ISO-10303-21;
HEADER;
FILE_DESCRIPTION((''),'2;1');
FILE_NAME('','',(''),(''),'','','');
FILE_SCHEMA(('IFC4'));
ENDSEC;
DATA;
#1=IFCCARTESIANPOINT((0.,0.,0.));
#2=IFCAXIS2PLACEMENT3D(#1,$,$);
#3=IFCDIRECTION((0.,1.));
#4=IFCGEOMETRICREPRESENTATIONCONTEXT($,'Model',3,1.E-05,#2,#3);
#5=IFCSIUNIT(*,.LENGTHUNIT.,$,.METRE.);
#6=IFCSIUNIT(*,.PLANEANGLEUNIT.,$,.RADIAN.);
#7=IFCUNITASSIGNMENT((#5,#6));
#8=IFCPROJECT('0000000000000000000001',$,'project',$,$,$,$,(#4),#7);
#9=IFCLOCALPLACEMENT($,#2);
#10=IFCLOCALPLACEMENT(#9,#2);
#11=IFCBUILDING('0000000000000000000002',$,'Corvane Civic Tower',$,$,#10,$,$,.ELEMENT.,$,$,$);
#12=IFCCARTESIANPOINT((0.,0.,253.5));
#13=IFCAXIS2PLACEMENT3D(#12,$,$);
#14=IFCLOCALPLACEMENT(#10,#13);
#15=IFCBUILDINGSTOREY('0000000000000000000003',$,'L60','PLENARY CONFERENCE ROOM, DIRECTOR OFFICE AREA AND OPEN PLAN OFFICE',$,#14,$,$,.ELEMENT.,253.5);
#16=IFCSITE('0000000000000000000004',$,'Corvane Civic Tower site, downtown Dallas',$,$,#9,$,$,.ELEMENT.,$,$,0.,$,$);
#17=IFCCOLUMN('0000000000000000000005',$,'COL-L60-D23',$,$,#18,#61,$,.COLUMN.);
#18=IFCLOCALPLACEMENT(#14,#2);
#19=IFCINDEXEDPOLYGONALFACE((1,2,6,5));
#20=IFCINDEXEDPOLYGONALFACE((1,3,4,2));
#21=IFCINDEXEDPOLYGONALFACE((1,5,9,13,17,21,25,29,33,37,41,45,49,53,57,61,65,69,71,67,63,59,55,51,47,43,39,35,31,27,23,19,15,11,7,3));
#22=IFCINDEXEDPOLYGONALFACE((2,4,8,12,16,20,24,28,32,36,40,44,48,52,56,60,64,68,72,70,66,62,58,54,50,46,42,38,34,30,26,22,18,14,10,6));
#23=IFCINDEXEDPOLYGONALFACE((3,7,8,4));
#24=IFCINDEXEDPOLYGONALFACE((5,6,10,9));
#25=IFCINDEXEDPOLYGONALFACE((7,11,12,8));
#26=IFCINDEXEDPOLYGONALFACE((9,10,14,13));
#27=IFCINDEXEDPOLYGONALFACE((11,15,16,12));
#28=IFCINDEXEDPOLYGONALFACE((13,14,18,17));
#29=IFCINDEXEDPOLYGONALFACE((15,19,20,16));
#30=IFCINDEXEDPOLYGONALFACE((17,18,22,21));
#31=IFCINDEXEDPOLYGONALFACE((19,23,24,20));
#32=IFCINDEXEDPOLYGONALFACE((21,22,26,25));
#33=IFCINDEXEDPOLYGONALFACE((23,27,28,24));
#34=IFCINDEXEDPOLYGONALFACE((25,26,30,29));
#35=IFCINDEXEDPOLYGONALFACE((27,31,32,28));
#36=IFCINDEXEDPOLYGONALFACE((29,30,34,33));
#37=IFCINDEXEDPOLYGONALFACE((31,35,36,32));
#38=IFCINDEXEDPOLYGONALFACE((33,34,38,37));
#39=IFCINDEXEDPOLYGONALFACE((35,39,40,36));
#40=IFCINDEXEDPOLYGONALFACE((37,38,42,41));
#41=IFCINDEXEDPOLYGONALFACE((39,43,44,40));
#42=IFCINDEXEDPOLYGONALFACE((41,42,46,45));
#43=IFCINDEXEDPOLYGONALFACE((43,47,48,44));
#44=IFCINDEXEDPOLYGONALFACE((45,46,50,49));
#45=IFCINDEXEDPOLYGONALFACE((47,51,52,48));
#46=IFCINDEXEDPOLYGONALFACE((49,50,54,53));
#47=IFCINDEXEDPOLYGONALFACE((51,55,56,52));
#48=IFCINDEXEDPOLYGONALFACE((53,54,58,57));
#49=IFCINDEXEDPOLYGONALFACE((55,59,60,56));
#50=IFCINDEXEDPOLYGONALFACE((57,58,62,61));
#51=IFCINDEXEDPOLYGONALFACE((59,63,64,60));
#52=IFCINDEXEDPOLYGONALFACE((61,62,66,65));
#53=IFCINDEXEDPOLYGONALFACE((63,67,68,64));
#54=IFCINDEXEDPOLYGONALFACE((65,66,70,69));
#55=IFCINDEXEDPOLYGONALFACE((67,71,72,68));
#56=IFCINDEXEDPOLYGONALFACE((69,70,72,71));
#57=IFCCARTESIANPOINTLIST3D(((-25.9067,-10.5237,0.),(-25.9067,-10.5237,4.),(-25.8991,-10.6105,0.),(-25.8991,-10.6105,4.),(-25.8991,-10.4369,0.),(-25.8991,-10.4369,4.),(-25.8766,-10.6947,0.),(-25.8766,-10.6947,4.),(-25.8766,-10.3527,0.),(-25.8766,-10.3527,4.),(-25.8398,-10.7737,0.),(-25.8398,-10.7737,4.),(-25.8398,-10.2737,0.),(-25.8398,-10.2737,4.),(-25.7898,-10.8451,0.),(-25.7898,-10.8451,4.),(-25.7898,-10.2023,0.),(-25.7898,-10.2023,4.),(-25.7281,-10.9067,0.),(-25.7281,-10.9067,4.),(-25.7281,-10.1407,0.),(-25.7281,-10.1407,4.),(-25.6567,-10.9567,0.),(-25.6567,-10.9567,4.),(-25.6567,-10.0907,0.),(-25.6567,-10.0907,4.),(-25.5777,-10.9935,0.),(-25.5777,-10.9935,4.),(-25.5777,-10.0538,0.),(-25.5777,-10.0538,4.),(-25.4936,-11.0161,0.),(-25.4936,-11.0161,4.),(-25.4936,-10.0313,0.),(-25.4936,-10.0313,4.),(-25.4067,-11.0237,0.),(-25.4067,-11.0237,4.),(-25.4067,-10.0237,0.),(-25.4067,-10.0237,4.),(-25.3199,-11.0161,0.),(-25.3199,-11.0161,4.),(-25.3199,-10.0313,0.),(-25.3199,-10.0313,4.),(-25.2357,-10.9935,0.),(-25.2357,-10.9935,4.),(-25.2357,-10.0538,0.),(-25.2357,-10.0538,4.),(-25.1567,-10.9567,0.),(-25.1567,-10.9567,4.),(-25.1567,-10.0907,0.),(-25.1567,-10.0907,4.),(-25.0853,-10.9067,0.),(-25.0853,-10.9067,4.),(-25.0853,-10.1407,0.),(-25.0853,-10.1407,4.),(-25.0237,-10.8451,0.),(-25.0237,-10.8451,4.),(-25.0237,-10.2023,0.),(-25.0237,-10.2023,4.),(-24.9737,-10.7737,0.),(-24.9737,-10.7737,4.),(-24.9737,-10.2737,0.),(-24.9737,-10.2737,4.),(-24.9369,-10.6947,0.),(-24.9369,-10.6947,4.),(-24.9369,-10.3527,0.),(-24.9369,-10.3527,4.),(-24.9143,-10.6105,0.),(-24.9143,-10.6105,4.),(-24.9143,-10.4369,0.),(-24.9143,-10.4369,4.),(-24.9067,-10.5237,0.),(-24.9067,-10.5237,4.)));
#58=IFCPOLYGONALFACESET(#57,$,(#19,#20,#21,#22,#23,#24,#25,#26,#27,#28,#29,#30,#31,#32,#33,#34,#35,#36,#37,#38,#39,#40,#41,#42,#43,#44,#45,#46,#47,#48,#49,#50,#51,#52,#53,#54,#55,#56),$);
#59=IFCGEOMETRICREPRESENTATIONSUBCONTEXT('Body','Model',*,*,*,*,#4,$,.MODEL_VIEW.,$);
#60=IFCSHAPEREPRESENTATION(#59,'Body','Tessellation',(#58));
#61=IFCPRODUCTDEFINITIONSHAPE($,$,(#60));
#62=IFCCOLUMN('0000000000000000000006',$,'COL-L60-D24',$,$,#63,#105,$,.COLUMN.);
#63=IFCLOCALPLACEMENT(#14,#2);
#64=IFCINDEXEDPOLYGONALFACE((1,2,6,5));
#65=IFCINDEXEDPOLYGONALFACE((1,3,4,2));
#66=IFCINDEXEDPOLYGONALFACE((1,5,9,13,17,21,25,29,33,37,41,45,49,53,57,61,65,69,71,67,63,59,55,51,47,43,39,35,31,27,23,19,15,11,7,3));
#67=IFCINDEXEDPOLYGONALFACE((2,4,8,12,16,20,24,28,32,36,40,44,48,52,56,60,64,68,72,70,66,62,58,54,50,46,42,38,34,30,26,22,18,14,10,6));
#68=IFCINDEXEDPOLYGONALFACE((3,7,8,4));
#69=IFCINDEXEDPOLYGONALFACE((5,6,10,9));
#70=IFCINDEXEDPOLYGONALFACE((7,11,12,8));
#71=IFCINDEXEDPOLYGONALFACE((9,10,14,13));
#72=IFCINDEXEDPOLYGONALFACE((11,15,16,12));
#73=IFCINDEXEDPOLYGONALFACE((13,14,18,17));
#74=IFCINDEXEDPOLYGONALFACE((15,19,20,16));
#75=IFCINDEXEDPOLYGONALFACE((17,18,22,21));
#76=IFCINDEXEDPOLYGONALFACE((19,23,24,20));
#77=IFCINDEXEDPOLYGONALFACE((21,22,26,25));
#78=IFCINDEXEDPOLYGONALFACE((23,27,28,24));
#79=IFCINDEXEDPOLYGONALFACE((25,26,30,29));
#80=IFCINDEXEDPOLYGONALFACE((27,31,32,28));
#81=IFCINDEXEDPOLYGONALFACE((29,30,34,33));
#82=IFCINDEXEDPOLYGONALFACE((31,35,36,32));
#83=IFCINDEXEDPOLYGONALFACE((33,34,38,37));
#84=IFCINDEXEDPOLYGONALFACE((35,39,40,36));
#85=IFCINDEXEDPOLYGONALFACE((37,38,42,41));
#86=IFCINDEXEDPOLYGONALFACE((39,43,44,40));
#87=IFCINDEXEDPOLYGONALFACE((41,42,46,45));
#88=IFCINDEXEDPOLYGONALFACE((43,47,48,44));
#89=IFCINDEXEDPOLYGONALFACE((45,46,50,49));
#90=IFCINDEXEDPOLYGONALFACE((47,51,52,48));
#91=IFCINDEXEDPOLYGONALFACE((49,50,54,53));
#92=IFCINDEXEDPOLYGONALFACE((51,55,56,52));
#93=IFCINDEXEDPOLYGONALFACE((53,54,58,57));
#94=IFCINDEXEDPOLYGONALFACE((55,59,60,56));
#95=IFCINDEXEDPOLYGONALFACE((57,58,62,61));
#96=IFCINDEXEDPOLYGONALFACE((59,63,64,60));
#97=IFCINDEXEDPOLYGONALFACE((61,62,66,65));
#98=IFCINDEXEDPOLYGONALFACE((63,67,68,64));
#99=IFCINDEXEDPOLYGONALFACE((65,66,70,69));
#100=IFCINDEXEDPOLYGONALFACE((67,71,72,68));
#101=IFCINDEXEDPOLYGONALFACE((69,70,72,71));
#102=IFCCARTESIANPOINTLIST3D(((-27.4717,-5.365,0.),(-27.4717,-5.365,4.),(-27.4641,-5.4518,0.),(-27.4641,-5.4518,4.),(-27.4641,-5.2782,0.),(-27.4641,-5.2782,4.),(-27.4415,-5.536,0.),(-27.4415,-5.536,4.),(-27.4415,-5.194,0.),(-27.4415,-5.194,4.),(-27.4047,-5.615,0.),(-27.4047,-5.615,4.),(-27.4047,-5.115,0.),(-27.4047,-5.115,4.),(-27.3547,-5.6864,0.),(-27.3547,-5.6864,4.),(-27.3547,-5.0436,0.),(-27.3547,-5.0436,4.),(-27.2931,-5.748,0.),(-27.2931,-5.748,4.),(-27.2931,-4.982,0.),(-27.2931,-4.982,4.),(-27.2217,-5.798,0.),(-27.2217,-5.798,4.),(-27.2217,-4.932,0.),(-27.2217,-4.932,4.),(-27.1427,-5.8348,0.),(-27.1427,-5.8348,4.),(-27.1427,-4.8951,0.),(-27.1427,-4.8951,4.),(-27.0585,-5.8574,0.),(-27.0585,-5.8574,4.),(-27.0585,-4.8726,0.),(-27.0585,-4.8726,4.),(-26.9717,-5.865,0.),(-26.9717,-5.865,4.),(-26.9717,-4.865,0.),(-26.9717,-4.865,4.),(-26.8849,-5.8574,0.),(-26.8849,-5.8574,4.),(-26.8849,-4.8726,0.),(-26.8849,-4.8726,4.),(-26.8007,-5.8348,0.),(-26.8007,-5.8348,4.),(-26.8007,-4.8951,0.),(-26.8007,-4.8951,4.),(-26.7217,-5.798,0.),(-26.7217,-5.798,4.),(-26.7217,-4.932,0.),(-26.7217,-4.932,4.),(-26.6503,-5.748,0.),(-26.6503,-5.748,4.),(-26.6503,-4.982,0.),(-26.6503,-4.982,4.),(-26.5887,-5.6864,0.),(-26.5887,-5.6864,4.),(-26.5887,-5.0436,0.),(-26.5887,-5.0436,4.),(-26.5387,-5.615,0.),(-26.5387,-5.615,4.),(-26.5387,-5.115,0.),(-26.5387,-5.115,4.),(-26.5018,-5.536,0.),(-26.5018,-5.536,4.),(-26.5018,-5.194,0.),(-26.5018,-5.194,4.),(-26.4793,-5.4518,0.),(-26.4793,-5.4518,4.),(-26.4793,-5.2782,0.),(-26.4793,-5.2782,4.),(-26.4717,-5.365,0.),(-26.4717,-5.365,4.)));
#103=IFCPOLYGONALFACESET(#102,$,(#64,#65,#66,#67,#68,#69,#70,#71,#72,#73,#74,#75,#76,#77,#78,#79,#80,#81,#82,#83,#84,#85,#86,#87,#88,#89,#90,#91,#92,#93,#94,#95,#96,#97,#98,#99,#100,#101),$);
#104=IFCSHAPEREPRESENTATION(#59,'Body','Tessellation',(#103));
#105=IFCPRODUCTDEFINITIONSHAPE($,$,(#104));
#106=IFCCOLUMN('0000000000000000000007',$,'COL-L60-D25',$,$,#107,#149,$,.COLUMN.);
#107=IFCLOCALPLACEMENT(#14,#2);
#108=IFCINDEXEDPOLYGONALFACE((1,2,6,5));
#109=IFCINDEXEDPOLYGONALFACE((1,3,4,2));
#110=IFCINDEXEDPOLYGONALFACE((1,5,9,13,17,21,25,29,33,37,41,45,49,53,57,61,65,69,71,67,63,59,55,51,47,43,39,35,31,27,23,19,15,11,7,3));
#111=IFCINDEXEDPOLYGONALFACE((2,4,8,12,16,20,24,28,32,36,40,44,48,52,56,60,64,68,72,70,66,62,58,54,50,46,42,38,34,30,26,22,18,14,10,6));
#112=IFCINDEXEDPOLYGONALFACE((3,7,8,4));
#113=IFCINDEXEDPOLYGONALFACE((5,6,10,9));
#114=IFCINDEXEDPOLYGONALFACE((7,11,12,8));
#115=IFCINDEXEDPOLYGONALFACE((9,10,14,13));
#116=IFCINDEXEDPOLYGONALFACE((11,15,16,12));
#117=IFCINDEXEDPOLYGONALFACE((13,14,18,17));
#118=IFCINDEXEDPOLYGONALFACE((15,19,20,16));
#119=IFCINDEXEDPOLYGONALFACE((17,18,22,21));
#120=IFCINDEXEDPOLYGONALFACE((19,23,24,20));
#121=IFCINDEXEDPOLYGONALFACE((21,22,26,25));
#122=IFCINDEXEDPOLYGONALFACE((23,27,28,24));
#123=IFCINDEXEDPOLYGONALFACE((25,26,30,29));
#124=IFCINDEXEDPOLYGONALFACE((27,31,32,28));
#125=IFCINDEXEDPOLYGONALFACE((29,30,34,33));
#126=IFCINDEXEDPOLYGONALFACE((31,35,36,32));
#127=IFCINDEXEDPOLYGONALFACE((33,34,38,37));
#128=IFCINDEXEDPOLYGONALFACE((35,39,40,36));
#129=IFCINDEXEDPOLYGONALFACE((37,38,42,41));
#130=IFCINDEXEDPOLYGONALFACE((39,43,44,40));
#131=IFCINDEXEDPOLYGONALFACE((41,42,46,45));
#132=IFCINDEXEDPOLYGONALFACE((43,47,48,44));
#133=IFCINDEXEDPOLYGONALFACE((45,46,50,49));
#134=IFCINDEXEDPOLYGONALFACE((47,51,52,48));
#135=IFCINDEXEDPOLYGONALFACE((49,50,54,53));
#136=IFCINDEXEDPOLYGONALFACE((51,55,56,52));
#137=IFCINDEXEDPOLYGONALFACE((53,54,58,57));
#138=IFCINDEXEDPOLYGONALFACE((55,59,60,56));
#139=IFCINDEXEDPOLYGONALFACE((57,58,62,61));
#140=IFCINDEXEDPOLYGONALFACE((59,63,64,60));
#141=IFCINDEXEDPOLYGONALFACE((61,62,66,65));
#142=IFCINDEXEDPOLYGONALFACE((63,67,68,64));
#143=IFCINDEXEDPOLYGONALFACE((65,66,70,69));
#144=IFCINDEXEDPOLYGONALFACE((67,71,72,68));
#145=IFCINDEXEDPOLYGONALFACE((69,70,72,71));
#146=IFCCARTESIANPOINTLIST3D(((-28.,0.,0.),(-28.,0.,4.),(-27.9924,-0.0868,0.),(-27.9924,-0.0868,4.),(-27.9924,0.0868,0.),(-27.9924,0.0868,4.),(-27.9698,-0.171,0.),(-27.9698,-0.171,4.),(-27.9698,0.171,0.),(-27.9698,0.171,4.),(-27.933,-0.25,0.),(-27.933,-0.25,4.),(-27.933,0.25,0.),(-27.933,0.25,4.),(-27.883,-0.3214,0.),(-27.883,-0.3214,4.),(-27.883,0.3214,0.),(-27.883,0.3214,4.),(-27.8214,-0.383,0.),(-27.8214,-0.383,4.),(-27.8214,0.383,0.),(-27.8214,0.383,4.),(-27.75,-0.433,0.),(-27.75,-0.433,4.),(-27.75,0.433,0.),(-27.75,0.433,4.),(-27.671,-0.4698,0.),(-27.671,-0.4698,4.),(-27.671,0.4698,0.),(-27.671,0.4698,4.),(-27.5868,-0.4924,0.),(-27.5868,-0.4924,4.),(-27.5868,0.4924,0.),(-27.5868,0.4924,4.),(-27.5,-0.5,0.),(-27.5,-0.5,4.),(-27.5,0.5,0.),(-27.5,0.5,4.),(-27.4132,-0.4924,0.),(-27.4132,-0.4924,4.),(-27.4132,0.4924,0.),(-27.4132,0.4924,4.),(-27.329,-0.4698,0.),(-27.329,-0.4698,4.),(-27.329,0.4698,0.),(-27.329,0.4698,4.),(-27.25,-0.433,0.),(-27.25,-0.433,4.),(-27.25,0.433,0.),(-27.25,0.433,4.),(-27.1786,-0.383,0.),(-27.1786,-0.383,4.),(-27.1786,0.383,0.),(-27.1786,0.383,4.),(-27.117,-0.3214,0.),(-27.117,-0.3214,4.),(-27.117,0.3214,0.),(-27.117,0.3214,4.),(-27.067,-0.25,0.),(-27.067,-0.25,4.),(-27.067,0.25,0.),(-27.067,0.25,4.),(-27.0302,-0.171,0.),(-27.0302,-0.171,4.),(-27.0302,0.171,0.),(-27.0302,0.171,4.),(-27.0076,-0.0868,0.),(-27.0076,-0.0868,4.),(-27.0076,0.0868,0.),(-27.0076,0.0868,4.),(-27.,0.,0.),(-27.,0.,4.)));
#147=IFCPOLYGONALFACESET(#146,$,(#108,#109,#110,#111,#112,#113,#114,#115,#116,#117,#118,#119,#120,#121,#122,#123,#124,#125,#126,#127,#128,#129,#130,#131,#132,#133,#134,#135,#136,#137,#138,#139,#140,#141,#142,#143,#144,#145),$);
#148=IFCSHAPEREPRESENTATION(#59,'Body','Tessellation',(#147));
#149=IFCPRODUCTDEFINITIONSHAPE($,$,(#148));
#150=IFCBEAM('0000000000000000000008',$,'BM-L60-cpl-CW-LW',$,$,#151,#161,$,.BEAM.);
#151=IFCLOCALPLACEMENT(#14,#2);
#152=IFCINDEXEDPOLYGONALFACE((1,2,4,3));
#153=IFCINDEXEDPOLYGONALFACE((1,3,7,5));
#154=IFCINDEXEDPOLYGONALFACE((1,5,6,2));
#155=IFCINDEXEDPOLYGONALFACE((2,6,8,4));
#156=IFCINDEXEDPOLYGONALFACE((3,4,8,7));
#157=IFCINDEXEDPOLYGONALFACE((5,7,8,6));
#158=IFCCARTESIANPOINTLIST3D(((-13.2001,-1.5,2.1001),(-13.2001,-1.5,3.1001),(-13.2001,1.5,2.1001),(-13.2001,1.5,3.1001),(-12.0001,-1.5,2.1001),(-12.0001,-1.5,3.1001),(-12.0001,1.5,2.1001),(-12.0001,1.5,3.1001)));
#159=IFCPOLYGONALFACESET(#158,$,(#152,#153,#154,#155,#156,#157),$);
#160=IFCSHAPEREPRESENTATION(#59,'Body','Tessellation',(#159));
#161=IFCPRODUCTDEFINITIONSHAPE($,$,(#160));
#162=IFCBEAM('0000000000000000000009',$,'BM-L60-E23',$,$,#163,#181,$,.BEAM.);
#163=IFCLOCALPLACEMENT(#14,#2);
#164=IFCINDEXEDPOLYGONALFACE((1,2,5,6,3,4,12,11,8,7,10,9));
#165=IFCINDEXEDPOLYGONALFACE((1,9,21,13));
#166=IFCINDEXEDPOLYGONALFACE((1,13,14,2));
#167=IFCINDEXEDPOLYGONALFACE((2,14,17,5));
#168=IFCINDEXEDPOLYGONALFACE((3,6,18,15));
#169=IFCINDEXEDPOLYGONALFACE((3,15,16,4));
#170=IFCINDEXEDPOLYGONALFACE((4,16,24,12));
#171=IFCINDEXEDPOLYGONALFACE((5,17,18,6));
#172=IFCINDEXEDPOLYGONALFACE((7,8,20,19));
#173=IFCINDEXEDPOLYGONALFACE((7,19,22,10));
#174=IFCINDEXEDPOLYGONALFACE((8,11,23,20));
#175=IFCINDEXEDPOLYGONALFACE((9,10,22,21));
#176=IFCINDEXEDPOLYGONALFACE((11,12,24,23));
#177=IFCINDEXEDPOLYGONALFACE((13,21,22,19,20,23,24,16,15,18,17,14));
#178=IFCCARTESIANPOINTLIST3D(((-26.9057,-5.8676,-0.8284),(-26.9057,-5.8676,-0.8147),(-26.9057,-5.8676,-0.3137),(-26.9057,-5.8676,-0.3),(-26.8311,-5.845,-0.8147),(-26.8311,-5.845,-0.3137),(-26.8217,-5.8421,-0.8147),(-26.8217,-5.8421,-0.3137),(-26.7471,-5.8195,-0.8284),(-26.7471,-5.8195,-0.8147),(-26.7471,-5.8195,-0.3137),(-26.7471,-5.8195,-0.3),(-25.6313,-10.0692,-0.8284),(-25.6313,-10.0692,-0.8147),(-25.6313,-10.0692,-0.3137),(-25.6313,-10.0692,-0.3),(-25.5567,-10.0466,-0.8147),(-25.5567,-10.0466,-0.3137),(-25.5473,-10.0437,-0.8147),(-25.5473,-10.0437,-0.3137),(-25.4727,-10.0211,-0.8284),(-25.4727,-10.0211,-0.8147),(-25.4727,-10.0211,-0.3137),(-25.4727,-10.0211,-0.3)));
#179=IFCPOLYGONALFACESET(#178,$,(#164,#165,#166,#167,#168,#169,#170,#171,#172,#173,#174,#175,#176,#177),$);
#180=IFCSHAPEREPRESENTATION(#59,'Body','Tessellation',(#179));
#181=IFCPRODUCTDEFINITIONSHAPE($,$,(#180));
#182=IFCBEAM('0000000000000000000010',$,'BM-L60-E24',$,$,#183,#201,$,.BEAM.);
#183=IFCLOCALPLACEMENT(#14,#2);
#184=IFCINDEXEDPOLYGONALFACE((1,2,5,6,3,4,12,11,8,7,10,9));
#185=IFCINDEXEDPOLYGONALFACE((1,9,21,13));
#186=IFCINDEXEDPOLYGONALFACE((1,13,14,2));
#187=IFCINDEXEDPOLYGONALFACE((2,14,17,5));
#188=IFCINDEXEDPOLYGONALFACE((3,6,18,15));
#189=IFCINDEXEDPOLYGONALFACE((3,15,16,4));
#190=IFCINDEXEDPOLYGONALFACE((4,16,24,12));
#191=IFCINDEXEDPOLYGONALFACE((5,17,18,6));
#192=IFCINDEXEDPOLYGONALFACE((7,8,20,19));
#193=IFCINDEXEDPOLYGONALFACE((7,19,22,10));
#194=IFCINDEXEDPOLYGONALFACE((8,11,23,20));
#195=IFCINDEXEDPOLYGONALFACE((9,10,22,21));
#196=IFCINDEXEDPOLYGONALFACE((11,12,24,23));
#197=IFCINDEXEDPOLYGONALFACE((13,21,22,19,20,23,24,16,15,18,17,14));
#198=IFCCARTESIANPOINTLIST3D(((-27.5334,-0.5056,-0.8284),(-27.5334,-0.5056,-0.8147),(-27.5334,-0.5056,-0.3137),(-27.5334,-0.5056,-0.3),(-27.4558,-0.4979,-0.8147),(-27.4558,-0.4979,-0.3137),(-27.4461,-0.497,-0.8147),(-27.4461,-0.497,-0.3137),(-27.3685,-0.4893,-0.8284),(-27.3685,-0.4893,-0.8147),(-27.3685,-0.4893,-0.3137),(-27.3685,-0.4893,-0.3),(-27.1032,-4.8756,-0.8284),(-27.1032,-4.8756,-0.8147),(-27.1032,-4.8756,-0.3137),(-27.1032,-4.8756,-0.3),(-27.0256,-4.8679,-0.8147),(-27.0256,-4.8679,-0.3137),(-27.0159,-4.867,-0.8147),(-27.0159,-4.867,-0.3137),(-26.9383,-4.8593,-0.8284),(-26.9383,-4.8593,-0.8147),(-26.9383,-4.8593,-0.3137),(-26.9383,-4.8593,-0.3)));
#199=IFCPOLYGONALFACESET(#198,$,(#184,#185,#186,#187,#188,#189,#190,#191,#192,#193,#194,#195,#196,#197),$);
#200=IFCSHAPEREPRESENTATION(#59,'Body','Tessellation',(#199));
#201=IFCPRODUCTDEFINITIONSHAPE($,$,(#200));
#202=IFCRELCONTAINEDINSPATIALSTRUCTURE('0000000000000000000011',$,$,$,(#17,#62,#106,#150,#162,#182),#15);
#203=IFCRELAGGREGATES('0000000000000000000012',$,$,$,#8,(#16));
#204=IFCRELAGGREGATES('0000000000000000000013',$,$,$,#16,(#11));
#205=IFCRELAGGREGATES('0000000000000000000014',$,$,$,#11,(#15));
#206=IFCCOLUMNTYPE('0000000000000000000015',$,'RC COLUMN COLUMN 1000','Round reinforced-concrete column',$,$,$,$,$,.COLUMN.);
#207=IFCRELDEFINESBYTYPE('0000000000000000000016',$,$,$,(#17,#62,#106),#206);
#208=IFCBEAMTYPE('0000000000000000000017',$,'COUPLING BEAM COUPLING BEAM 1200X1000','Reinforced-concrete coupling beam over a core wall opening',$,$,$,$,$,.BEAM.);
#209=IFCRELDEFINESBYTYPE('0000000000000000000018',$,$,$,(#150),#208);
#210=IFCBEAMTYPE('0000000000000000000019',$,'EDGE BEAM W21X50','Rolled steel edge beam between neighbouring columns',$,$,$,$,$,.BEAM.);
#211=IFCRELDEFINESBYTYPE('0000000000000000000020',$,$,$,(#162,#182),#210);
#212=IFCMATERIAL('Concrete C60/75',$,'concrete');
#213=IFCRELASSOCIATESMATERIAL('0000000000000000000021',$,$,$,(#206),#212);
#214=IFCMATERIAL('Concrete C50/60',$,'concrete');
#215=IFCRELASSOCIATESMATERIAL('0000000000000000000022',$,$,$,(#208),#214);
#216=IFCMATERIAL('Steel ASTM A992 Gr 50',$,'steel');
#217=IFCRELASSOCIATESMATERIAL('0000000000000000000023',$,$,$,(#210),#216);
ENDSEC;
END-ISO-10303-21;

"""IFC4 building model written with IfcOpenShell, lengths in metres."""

from ifc_helpers import new_model, si_unit, direction, frame, origin, origin_2d, place, context, subcontext, project, spatial, rectangle, circle, i_section, extrude, material, material_profile, profile_set, type_object, element, save


model = new_model("IFC4")

# Units and contexts
model_context = context("Model", 3, precision=1e-05, world=origin(), true_north=direction((0.0, 1.0)))
body_context = subcontext(model_context, "Body", "Model", "MODEL_VIEW")
ifc_project = project(units=[si_unit("LENGTHUNIT", "METRE"), si_unit("PLANEANGLEUNIT", "RADIAN")], contexts=[model_context])

# Site, building, storey
site_placement = place(None, origin())
site = spatial("IfcSite", under=ifc_project, at=site_placement, Name="Corvane Civic Tower site, downtown Dallas", CompositionType="ELEMENT", RefElevation=0.0)
building_placement = place(site_placement, origin())
building = spatial("IfcBuilding", under=site, at=building_placement, Name="Corvane Civic Tower", CompositionType="ELEMENT")
storey_placement = place(building_placement, frame((0.0, 0.0, 253.5)))
storey = spatial("IfcBuildingStorey", under=building, at=storey_placement, Name="L60", Description="PLENARY CONFERENCE ROOM, DIRECTOR OFFICE AREA AND OPEN PLAN OFFICE", CompositionType="ELEMENT", Elevation=253.5)

# Columns
ifc_material_1 = material(Name="Concrete C60/75", Category="concrete")
ifc_material_profile_1 = material_profile(ifc_material_1, circle(Radius=0.5, at=origin_2d()), Name="COLUMN 1000")
ifc_profile_set_1 = profile_set([ifc_material_profile_1], Name="Concrete C60/75")
column_type = type_object("IfcColumnType", Name="RC COLUMN COLUMN 1000", Description="Round reinforced-concrete column", PredefinedType="COLUMN", material=ifc_profile_set_1)
for number, where, z_axis, x_axis, name in (
    (1, (-25.4067, -10.5237, 0.0), (0.0, 0.0, 1.0), (1.0, 0.0, 0.0), "COL-L60-D23"),
    (2, (-26.9717, -5.365, 0.0), (0.0, 0.0, 1.0), (1.0, 0.0, 0.0), "COL-L60-D24"),
    (3, (-27.5, 0.0, 0.0), (0.0, 0.0, 1.0), (1.0, 0.0, 0.0), "COL-L60-D25"),
):
    element("IfcColumn", number, at=place(storey_placement, frame(where, z_axis=z_axis, x_axis=x_axis)), inside=storey, type_object=column_type, Name=name, PredefinedType="COLUMN", context=body_context, shape_type="SweptSolid", body=[
        extrude(circle(Radius=0.5, at=origin_2d()), origin(), (0.0, 0.0, 1.0), 4.0),
    ])

# Beams
ifc_material_2 = material(Name="Concrete C50/60", Category="concrete")
ifc_material_profile_2 = material_profile(ifc_material_2, rectangle(XDim=1.2, YDim=1.0, at=origin_2d()), Name="COUPLING BEAM 1200X1000")
ifc_profile_set_2 = profile_set([ifc_material_profile_2], Name="Concrete C50/60")
beam_type_1 = type_object("IfcBeamType", Name="COUPLING BEAM COUPLING BEAM 1200X1000", Description="Reinforced-concrete coupling beam over a core wall opening", PredefinedType="BEAM", material=ifc_profile_set_2)
beam_1_placement = place(storey_placement, frame((-12.6001, -1.5, 2.6001), z_axis=(0.0, 1.0, 0.0), x_axis=(-1.0, 0.0, 0.0)))
element("IfcBeam", 4, at=beam_1_placement, inside=storey, type_object=beam_type_1, Name="BM-L60-cpl-CW-LW", PredefinedType="BEAM", context=body_context, shape_type="SweptSolid", body=[
    extrude(rectangle(XDim=1.2, YDim=1.0, at=origin_2d()), origin(), (0.0, 0.0, 1.0), 3.0),
])
ifc_material_3 = material(Name="Steel ASTM A992 Gr 50", Category="steel")
ifc_material_profile_3 = material_profile(ifc_material_3, i_section(OverallWidth=0.1658, OverallDepth=0.5283, WebThickness=0.0098, FlangeThickness=0.0137, at=origin_2d()), Name="W21X50")
ifc_profile_set_3 = profile_set([ifc_material_profile_3], Name="Steel ASTM A992 Gr 50")
beam_type_2 = type_object("IfcBeamType", Name="EDGE BEAM W21X50", Description="Rolled steel edge beam between neighbouring columns", PredefinedType="BEAM", material=ifc_profile_set_3)
beam_2_placement = place(storey_placement, frame((-25.552, -10.0452, -0.5642), z_axis=(-0.290254, 0.95695, 0.0), x_axis=(-0.95695, -0.290254, 0.0)))
element("IfcBeam", 5, at=beam_2_placement, inside=storey, type_object=beam_type_2, Name="BM-L60-E23", PredefinedType="BEAM", context=body_context, shape_type="SweptSolid", body=[
    extrude(i_section(OverallWidth=0.1658, OverallDepth=0.5283, WebThickness=0.0098, FlangeThickness=0.0137, at=origin_2d()), origin(), (0.0, 0.0, 1.0), 4.3906),
])
beam_3_placement = place(storey_placement, frame((-27.0208, -4.8674, -0.5642), z_axis=(-0.097968, 0.99519, 0.0), x_axis=(-0.99519, -0.097968, 0.0)))
element("IfcBeam", 6, at=beam_3_placement, inside=storey, type_object=beam_type_2, Name="BM-L60-E24", PredefinedType="BEAM", context=body_context, shape_type="SweptSolid", body=[
    extrude(i_section(OverallWidth=0.1658, OverallDepth=0.5283, WebThickness=0.0098, FlangeThickness=0.0137, at=origin_2d()), origin(), (0.0, 0.0, 1.0), 4.3911),
])

save(model, "model.ifc")
